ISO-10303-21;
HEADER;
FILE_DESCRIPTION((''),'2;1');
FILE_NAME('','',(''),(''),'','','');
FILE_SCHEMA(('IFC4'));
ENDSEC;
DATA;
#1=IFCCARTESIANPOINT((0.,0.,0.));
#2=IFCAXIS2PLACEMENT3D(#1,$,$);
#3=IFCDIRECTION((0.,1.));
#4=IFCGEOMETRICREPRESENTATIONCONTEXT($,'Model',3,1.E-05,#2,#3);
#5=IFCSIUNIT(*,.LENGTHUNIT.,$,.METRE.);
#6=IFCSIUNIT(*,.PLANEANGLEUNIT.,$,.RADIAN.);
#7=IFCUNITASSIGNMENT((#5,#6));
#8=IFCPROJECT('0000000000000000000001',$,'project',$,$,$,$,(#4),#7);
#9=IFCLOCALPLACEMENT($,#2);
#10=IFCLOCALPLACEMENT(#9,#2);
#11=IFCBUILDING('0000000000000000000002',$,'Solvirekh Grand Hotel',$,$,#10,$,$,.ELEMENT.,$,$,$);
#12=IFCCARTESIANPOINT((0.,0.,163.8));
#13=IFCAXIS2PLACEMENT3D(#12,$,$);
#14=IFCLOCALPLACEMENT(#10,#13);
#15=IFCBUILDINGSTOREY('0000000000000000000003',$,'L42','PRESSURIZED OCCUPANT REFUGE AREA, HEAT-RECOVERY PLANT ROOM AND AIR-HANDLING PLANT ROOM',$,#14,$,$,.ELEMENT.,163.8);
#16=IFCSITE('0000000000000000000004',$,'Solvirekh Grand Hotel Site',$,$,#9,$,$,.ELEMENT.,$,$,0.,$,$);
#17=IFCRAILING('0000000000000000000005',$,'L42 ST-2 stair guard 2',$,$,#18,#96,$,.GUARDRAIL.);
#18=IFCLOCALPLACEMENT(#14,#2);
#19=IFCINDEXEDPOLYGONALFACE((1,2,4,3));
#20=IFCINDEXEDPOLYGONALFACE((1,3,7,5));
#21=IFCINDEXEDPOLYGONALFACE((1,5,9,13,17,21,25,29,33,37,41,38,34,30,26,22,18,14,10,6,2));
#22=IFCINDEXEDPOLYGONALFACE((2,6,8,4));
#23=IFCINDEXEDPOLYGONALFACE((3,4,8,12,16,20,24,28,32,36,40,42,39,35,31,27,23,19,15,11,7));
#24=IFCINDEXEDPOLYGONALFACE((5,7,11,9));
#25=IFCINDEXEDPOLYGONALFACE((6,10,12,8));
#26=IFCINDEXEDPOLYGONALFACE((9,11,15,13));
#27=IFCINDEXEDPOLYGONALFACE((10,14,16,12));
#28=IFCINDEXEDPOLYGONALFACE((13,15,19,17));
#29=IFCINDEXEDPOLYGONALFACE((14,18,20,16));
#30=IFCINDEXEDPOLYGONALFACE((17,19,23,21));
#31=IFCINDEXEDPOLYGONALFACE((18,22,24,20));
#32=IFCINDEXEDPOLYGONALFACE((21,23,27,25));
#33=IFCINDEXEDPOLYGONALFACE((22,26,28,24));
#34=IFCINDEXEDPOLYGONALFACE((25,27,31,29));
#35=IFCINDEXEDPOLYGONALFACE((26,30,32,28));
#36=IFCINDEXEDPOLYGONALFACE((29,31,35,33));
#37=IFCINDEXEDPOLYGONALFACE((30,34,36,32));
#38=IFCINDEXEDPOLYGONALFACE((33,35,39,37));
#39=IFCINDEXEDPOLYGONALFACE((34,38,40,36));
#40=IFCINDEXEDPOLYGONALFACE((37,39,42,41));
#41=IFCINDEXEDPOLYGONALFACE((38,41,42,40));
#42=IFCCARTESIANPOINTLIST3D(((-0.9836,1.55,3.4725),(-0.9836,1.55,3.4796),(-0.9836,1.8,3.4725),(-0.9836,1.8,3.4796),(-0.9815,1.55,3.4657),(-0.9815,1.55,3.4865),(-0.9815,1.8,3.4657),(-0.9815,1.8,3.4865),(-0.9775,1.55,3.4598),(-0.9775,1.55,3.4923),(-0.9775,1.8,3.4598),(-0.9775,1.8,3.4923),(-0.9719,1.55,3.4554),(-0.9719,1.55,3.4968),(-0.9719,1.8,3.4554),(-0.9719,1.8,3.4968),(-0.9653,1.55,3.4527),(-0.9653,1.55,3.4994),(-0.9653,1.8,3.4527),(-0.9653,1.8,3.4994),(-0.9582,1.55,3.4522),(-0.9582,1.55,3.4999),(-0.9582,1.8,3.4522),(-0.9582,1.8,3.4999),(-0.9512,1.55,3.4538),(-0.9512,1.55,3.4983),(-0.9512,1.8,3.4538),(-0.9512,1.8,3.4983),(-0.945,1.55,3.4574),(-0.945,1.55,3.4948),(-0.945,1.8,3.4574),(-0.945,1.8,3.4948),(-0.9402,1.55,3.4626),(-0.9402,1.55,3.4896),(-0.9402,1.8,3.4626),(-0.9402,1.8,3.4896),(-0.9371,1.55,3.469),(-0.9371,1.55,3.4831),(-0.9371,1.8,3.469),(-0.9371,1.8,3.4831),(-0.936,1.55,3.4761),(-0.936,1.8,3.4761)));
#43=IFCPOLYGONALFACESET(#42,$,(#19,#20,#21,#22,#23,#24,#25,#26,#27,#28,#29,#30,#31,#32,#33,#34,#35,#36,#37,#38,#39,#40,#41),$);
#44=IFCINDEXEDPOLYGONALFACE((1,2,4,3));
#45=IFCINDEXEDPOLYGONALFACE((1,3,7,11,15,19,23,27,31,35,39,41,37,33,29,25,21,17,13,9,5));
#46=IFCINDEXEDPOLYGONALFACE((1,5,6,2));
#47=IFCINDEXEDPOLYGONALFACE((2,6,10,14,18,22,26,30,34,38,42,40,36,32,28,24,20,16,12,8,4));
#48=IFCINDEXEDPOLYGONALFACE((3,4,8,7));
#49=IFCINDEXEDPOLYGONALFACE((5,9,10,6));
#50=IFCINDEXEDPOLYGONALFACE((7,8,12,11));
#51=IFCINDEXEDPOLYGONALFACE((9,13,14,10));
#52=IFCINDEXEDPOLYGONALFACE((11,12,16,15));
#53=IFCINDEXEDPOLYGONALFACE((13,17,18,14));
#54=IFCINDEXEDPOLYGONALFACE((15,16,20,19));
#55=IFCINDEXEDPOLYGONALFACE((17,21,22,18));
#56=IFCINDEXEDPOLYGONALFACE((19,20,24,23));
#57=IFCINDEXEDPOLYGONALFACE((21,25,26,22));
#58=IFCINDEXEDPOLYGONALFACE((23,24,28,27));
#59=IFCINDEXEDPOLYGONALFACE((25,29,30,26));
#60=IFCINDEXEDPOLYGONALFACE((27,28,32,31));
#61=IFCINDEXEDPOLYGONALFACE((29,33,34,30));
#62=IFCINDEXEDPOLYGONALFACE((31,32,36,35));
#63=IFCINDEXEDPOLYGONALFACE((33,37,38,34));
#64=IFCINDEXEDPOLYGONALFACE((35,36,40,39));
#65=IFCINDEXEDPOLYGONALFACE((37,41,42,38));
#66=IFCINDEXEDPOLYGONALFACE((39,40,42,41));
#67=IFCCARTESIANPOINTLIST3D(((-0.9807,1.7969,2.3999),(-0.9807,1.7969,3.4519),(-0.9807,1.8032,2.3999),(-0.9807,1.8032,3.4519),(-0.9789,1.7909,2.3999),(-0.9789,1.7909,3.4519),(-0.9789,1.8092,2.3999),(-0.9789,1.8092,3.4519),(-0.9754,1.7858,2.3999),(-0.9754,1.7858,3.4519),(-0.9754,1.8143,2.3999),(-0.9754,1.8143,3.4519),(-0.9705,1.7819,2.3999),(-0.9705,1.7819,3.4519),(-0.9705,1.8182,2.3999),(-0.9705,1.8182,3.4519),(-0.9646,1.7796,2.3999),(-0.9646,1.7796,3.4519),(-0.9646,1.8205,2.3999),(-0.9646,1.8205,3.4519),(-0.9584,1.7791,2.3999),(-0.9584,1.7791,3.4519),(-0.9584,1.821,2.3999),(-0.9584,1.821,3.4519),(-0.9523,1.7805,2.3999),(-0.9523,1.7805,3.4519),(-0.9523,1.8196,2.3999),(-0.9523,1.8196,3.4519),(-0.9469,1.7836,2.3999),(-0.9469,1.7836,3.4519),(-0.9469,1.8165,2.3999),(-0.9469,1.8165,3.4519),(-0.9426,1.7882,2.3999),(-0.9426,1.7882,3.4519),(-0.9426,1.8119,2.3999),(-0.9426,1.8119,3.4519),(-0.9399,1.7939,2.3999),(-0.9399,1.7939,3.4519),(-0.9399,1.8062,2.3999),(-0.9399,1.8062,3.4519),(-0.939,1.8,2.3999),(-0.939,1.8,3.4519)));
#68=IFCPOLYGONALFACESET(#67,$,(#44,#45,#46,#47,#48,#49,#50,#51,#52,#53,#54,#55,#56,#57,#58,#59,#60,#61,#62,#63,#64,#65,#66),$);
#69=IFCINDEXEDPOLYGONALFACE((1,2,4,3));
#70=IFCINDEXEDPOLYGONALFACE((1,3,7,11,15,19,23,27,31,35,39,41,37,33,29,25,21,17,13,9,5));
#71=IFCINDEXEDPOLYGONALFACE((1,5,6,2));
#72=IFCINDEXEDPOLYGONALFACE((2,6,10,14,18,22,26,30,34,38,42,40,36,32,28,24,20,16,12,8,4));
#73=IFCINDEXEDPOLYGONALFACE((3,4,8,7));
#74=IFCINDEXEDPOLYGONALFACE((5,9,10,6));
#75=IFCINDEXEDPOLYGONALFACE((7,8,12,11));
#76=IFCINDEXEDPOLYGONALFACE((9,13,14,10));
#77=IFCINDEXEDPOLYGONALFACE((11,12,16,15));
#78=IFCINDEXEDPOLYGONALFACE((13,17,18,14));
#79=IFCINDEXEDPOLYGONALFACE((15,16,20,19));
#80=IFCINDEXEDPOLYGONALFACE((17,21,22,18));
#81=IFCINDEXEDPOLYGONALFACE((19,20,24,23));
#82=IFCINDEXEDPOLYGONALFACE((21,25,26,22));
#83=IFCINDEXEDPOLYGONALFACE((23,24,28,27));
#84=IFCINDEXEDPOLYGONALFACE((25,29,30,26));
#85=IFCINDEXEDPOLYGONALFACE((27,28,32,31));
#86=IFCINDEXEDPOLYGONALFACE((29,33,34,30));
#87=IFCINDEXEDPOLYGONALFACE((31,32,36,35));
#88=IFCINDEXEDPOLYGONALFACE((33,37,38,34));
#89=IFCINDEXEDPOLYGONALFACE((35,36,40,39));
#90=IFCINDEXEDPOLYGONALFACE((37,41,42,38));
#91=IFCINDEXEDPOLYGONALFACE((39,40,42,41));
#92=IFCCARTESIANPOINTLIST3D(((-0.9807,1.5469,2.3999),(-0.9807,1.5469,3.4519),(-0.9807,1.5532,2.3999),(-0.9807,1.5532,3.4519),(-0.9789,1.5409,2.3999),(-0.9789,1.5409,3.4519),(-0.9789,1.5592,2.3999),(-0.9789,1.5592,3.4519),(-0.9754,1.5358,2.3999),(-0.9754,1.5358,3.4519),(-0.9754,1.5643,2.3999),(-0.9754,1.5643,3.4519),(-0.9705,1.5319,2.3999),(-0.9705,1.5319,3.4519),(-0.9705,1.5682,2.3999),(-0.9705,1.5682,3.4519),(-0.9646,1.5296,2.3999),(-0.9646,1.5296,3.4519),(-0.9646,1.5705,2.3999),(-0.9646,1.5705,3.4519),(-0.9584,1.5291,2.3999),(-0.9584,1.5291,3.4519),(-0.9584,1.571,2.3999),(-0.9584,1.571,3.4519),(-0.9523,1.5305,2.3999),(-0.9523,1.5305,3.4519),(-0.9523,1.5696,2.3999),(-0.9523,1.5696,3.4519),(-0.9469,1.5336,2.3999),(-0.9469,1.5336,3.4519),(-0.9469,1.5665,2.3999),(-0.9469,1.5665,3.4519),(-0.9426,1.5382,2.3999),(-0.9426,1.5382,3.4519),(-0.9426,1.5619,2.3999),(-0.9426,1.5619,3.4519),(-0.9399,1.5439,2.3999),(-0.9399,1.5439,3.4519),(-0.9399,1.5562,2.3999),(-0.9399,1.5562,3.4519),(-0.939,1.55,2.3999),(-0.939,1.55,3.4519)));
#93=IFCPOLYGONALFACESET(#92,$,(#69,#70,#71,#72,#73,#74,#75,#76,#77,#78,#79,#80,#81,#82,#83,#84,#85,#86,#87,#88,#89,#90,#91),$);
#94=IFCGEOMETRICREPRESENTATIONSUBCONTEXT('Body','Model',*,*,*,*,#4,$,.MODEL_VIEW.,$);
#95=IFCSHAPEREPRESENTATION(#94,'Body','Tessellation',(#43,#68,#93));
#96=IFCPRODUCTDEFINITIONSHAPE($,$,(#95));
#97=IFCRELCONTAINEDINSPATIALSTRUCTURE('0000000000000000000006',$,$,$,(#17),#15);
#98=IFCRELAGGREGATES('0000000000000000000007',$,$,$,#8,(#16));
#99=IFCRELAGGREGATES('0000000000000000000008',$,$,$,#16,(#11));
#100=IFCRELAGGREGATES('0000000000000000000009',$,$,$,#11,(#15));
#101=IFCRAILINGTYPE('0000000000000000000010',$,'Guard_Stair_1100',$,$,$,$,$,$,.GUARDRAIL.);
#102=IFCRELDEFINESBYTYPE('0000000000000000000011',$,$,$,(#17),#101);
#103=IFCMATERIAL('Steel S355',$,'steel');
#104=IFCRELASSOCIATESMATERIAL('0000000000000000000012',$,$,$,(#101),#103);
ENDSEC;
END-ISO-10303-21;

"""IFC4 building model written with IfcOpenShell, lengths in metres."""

from ifc_helpers import new_model, si_unit, direction, frame, origin, origin_2d, place, context, subcontext, project, spatial, circle, extrude, material, type_object, element, save


model = new_model("IFC4")

# Units and contexts
model_context = context("Model", 3, precision=1e-05, world=origin(), true_north=direction((0.0, 1.0)))
body_context = subcontext(model_context, "Body", "Model", "MODEL_VIEW")
ifc_project = project(units=[si_unit("LENGTHUNIT", "METRE"), si_unit("PLANEANGLEUNIT", "RADIAN")], contexts=[model_context])

# Site, building, storey
site_placement = place(None, origin())
site = spatial("IfcSite", under=ifc_project, at=site_placement, Name="Solvirekh Grand Hotel Site", CompositionType="ELEMENT", RefElevation=0.0)
building_placement = place(site_placement, origin())
building = spatial("IfcBuilding", under=site, at=building_placement, Name="Solvirekh Grand Hotel", CompositionType="ELEMENT")
storey_placement = place(building_placement, frame((0.0, 0.0, 163.8)))
storey = spatial("IfcBuildingStorey", under=building, at=storey_placement, Name="L42", Description="PRESSURIZED OCCUPANT REFUGE AREA, HEAT-RECOVERY PLANT ROOM AND AIR-HANDLING PLANT ROOM", CompositionType="ELEMENT", Elevation=163.8)

# Shared definitions
ifc_material_1 = material(Name="Steel S355", Category="steel")

# Railing
railing_type_1 = type_object("IfcRailingType", Name="Guard_Stair_1100", PredefinedType="GUARDRAIL", material=ifc_material_1)
railing_1_placement = place(storey_placement, frame((-0.96, 1.8, 2.3999)))
element("IfcRailing", 1, at=railing_1_placement, inside=storey, type_object=railing_type_1, Name="L42 ST-2 stair guard 2", PredefinedType="GUARDRAIL", context=body_context, shape_type="SweptSolid", body=[
    extrude(circle(Radius=0.0239, at=origin_2d()), frame((0.0, 0.0, 1.0762), z_axis=(0.0, -1.0, 0.0), x_axis=(1.0, 0.0, 0.0)), (0.0, 0.0, 1.0), 0.25),
    extrude(circle(Radius=0.021, at=origin_2d()), origin(), (0.0, 0.0, 1.0), 1.052),
    extrude(circle(Radius=0.021, at=origin_2d()), frame((0.0, -0.25, 0.0)), (0.0, 0.0, 1.0), 1.052),
])

save(model, "model.ifc")
